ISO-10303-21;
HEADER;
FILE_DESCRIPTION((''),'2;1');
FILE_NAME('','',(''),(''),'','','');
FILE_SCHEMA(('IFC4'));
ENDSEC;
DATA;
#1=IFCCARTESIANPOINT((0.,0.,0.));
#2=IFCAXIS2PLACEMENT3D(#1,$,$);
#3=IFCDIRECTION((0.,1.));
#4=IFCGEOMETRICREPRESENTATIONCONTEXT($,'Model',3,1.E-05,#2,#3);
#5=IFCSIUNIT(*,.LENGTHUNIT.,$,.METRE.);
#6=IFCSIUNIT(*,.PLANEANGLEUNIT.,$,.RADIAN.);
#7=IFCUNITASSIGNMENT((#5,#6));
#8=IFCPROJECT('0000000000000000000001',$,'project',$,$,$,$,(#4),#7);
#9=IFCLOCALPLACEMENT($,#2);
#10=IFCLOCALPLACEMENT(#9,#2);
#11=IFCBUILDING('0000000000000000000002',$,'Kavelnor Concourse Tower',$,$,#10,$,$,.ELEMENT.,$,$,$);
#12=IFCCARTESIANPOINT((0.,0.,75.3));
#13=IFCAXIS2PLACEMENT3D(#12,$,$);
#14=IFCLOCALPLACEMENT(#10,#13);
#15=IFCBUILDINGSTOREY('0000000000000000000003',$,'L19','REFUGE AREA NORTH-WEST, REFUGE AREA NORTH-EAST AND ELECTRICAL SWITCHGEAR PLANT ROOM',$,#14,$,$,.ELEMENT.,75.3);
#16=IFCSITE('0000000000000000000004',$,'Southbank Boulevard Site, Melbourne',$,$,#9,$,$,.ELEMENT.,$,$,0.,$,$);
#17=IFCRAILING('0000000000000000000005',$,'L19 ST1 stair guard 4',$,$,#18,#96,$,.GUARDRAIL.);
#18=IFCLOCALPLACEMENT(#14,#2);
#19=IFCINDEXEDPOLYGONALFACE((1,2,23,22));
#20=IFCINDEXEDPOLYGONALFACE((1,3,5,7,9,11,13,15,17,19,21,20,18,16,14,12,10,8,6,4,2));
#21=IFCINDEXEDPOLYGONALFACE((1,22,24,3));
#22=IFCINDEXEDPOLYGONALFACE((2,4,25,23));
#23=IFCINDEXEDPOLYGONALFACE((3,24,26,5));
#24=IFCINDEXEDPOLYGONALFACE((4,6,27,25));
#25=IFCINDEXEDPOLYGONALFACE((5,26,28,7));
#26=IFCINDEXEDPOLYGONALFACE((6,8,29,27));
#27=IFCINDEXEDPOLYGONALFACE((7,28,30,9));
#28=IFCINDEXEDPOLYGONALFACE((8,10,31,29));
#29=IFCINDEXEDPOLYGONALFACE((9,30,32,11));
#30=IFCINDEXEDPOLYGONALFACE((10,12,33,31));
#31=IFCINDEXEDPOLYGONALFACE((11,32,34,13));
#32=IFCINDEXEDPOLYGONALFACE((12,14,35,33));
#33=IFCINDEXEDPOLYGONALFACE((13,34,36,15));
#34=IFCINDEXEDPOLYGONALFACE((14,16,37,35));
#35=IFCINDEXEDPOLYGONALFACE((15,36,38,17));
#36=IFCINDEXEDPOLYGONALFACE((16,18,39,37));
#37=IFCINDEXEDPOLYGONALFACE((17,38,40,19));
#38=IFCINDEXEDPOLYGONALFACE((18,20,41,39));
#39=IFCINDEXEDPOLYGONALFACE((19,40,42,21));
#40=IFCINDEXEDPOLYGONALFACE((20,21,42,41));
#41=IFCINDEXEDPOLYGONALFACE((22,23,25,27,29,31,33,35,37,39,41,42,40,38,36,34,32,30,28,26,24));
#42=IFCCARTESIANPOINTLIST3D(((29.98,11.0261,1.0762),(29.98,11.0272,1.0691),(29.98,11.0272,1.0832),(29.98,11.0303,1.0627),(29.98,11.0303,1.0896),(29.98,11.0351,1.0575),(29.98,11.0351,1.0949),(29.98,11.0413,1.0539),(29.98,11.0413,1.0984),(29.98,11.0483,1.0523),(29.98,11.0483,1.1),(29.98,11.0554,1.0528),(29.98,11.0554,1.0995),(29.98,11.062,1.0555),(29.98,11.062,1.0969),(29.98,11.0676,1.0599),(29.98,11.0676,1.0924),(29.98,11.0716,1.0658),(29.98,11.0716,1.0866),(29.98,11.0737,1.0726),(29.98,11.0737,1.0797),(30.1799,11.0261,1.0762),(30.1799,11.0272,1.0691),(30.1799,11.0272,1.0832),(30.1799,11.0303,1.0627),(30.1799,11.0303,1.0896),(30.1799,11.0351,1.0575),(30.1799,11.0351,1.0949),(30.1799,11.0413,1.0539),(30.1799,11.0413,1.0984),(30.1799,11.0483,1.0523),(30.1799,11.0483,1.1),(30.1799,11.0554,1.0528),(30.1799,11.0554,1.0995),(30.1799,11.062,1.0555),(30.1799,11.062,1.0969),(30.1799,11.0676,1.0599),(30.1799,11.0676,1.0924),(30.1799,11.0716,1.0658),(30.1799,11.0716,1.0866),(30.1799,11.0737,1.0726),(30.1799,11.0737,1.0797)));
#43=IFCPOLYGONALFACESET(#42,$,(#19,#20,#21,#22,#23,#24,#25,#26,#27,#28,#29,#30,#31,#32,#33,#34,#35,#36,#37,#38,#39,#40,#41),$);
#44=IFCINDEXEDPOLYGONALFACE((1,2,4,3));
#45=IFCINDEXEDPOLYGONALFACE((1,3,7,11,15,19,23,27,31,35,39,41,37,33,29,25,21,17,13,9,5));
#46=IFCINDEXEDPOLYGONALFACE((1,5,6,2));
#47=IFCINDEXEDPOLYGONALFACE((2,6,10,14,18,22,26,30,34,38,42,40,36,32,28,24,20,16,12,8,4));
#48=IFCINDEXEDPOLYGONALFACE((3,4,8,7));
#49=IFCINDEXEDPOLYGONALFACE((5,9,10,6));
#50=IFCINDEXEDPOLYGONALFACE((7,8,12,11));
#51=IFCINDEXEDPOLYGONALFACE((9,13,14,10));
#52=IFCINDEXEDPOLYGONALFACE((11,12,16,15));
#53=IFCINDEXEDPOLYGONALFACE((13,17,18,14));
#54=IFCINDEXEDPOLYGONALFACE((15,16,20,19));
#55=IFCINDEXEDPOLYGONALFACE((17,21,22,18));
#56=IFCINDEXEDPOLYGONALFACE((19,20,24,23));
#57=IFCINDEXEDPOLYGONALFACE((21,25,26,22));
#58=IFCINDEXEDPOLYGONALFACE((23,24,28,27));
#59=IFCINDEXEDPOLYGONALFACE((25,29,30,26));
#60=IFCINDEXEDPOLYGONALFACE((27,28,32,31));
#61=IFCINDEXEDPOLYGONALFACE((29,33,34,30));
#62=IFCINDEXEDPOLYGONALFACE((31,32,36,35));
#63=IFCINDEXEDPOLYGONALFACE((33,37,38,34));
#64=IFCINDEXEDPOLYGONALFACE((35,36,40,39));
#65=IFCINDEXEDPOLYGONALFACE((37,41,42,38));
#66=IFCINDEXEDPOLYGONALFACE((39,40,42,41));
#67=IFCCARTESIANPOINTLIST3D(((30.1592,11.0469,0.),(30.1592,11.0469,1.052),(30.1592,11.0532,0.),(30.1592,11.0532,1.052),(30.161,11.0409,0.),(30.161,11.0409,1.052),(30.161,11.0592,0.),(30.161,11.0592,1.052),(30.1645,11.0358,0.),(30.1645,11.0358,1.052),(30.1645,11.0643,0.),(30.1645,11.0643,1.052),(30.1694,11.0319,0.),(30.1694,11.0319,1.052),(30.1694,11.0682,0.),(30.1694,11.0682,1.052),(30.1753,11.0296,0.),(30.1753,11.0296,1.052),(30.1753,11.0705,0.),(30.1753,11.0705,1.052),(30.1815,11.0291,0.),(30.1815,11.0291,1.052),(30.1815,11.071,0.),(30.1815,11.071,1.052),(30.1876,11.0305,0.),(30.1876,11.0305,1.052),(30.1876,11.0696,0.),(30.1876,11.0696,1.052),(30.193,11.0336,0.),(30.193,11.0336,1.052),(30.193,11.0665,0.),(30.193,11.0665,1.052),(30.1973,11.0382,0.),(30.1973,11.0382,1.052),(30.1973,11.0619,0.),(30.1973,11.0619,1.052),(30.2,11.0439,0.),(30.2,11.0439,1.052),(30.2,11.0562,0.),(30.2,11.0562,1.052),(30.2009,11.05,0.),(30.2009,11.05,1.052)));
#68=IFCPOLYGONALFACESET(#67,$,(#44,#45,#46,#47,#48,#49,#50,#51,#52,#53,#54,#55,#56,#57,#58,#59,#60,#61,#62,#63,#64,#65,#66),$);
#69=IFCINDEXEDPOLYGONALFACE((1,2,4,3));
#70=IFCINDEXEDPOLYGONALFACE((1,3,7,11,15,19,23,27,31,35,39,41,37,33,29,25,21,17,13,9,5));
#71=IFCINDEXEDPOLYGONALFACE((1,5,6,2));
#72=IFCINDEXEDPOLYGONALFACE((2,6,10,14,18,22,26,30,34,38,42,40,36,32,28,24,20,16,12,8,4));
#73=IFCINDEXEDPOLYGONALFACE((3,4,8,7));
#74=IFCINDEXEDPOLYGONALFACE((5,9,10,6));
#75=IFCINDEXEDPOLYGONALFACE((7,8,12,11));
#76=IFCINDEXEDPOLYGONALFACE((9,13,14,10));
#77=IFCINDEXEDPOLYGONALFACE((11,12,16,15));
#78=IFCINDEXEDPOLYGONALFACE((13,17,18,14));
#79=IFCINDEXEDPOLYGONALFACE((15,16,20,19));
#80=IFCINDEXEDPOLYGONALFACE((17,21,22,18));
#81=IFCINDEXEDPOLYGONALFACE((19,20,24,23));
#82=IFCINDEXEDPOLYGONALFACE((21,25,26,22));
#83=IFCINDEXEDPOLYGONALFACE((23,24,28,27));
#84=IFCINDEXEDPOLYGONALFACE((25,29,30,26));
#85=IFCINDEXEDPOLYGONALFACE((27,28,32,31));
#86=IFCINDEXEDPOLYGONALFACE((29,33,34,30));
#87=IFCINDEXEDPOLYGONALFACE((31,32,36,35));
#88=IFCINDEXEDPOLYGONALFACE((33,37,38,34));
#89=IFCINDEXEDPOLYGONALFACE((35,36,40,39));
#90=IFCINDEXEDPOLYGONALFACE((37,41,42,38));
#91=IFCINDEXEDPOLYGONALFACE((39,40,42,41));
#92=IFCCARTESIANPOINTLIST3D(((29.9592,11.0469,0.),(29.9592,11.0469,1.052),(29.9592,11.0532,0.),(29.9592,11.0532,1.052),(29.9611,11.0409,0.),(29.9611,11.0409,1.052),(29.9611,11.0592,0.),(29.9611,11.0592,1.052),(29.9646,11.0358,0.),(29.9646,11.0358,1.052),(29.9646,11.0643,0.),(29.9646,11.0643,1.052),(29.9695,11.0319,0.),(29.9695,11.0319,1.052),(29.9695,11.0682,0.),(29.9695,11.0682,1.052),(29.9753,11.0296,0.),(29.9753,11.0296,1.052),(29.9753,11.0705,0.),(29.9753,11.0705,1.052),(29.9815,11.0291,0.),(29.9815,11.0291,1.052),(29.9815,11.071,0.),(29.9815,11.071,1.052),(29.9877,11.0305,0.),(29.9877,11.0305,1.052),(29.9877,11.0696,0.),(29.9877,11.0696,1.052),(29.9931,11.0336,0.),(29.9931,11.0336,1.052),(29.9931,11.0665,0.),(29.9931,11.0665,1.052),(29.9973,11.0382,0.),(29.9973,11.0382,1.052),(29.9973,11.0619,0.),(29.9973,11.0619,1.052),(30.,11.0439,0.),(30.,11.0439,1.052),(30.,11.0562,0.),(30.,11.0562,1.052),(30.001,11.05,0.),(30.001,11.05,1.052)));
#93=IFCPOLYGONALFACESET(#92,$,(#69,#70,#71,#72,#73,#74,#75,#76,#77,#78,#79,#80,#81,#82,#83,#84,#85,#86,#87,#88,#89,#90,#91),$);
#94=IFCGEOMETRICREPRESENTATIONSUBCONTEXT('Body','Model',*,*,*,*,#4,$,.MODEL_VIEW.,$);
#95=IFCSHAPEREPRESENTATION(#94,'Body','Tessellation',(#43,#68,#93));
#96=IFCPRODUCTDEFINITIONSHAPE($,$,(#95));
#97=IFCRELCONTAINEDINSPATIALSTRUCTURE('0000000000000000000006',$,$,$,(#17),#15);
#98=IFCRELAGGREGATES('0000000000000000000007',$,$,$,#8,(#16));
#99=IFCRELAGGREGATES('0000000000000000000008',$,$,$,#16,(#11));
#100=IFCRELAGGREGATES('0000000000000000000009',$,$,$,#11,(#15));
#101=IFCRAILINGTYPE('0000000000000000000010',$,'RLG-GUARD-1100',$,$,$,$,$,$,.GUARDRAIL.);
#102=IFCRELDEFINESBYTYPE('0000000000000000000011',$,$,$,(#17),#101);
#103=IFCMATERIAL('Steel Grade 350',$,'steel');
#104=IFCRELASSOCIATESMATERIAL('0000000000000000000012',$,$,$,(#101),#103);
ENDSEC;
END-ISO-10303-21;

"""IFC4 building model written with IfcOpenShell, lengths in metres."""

from ifc_helpers import new_model, si_unit, direction, frame, origin, origin_2d, place, context, subcontext, project, spatial, circle, extrude, material, type_object, element, save


model = new_model("IFC4")

# Units and contexts
model_context = context("Model", 3, precision=1e-05, world=origin(), true_north=direction((0.0, 1.0)))
body_context = subcontext(model_context, "Body", "Model", "MODEL_VIEW")
ifc_project = project(units=[si_unit("LENGTHUNIT", "METRE"), si_unit("PLANEANGLEUNIT", "RADIAN")], contexts=[model_context])

# Site, building, storey
site_placement = place(None, origin())
site = spatial("IfcSite", under=ifc_project, at=site_placement, Name="Southbank Boulevard Site, Melbourne", CompositionType="ELEMENT", RefElevation=0.0)
building_placement = place(site_placement, origin())
building = spatial("IfcBuilding", under=site, at=building_placement, Name="Kavelnor Concourse Tower", CompositionType="ELEMENT")
storey_placement = place(building_placement, frame((0.0, 0.0, 75.3)))
storey = spatial("IfcBuildingStorey", under=building, at=storey_placement, Name="L19", Description="REFUGE AREA NORTH-WEST, REFUGE AREA NORTH-EAST AND ELECTRICAL SWITCHGEAR PLANT ROOM", CompositionType="ELEMENT", Elevation=75.3)

# Shared definitions
ifc_material_1 = material(Name="Steel Grade 350", Category="steel")

# Railing
railing_type_1 = type_object("IfcRailingType", Name="RLG-GUARD-1100", PredefinedType="GUARDRAIL", material=ifc_material_1)
railing_1_placement = place(storey_placement, frame((30.1799, 11.05, 0.0)))
element("IfcRailing", 1, at=railing_1_placement, inside=storey, type_object=railing_type_1, Name="L19 ST1 stair guard 4", PredefinedType="GUARDRAIL", context=body_context, shape_type="SweptSolid", body=[
    extrude(circle(Radius=0.0239, at=origin_2d()), frame((0.0, 0.0, 1.0762), z_axis=(-1.0, 0.0, 0.0), x_axis=(0.0, -1.0, 0.0)), (0.0, 0.0, 1.0), 0.2),
    extrude(circle(Radius=0.021, at=origin_2d()), origin(), (0.0, 0.0, 1.0), 1.052),
    extrude(circle(Radius=0.021, at=origin_2d()), frame((-0.2, 0.0, 0.0)), (0.0, 0.0, 1.0), 1.052),
])

save(model, "model.ifc")
